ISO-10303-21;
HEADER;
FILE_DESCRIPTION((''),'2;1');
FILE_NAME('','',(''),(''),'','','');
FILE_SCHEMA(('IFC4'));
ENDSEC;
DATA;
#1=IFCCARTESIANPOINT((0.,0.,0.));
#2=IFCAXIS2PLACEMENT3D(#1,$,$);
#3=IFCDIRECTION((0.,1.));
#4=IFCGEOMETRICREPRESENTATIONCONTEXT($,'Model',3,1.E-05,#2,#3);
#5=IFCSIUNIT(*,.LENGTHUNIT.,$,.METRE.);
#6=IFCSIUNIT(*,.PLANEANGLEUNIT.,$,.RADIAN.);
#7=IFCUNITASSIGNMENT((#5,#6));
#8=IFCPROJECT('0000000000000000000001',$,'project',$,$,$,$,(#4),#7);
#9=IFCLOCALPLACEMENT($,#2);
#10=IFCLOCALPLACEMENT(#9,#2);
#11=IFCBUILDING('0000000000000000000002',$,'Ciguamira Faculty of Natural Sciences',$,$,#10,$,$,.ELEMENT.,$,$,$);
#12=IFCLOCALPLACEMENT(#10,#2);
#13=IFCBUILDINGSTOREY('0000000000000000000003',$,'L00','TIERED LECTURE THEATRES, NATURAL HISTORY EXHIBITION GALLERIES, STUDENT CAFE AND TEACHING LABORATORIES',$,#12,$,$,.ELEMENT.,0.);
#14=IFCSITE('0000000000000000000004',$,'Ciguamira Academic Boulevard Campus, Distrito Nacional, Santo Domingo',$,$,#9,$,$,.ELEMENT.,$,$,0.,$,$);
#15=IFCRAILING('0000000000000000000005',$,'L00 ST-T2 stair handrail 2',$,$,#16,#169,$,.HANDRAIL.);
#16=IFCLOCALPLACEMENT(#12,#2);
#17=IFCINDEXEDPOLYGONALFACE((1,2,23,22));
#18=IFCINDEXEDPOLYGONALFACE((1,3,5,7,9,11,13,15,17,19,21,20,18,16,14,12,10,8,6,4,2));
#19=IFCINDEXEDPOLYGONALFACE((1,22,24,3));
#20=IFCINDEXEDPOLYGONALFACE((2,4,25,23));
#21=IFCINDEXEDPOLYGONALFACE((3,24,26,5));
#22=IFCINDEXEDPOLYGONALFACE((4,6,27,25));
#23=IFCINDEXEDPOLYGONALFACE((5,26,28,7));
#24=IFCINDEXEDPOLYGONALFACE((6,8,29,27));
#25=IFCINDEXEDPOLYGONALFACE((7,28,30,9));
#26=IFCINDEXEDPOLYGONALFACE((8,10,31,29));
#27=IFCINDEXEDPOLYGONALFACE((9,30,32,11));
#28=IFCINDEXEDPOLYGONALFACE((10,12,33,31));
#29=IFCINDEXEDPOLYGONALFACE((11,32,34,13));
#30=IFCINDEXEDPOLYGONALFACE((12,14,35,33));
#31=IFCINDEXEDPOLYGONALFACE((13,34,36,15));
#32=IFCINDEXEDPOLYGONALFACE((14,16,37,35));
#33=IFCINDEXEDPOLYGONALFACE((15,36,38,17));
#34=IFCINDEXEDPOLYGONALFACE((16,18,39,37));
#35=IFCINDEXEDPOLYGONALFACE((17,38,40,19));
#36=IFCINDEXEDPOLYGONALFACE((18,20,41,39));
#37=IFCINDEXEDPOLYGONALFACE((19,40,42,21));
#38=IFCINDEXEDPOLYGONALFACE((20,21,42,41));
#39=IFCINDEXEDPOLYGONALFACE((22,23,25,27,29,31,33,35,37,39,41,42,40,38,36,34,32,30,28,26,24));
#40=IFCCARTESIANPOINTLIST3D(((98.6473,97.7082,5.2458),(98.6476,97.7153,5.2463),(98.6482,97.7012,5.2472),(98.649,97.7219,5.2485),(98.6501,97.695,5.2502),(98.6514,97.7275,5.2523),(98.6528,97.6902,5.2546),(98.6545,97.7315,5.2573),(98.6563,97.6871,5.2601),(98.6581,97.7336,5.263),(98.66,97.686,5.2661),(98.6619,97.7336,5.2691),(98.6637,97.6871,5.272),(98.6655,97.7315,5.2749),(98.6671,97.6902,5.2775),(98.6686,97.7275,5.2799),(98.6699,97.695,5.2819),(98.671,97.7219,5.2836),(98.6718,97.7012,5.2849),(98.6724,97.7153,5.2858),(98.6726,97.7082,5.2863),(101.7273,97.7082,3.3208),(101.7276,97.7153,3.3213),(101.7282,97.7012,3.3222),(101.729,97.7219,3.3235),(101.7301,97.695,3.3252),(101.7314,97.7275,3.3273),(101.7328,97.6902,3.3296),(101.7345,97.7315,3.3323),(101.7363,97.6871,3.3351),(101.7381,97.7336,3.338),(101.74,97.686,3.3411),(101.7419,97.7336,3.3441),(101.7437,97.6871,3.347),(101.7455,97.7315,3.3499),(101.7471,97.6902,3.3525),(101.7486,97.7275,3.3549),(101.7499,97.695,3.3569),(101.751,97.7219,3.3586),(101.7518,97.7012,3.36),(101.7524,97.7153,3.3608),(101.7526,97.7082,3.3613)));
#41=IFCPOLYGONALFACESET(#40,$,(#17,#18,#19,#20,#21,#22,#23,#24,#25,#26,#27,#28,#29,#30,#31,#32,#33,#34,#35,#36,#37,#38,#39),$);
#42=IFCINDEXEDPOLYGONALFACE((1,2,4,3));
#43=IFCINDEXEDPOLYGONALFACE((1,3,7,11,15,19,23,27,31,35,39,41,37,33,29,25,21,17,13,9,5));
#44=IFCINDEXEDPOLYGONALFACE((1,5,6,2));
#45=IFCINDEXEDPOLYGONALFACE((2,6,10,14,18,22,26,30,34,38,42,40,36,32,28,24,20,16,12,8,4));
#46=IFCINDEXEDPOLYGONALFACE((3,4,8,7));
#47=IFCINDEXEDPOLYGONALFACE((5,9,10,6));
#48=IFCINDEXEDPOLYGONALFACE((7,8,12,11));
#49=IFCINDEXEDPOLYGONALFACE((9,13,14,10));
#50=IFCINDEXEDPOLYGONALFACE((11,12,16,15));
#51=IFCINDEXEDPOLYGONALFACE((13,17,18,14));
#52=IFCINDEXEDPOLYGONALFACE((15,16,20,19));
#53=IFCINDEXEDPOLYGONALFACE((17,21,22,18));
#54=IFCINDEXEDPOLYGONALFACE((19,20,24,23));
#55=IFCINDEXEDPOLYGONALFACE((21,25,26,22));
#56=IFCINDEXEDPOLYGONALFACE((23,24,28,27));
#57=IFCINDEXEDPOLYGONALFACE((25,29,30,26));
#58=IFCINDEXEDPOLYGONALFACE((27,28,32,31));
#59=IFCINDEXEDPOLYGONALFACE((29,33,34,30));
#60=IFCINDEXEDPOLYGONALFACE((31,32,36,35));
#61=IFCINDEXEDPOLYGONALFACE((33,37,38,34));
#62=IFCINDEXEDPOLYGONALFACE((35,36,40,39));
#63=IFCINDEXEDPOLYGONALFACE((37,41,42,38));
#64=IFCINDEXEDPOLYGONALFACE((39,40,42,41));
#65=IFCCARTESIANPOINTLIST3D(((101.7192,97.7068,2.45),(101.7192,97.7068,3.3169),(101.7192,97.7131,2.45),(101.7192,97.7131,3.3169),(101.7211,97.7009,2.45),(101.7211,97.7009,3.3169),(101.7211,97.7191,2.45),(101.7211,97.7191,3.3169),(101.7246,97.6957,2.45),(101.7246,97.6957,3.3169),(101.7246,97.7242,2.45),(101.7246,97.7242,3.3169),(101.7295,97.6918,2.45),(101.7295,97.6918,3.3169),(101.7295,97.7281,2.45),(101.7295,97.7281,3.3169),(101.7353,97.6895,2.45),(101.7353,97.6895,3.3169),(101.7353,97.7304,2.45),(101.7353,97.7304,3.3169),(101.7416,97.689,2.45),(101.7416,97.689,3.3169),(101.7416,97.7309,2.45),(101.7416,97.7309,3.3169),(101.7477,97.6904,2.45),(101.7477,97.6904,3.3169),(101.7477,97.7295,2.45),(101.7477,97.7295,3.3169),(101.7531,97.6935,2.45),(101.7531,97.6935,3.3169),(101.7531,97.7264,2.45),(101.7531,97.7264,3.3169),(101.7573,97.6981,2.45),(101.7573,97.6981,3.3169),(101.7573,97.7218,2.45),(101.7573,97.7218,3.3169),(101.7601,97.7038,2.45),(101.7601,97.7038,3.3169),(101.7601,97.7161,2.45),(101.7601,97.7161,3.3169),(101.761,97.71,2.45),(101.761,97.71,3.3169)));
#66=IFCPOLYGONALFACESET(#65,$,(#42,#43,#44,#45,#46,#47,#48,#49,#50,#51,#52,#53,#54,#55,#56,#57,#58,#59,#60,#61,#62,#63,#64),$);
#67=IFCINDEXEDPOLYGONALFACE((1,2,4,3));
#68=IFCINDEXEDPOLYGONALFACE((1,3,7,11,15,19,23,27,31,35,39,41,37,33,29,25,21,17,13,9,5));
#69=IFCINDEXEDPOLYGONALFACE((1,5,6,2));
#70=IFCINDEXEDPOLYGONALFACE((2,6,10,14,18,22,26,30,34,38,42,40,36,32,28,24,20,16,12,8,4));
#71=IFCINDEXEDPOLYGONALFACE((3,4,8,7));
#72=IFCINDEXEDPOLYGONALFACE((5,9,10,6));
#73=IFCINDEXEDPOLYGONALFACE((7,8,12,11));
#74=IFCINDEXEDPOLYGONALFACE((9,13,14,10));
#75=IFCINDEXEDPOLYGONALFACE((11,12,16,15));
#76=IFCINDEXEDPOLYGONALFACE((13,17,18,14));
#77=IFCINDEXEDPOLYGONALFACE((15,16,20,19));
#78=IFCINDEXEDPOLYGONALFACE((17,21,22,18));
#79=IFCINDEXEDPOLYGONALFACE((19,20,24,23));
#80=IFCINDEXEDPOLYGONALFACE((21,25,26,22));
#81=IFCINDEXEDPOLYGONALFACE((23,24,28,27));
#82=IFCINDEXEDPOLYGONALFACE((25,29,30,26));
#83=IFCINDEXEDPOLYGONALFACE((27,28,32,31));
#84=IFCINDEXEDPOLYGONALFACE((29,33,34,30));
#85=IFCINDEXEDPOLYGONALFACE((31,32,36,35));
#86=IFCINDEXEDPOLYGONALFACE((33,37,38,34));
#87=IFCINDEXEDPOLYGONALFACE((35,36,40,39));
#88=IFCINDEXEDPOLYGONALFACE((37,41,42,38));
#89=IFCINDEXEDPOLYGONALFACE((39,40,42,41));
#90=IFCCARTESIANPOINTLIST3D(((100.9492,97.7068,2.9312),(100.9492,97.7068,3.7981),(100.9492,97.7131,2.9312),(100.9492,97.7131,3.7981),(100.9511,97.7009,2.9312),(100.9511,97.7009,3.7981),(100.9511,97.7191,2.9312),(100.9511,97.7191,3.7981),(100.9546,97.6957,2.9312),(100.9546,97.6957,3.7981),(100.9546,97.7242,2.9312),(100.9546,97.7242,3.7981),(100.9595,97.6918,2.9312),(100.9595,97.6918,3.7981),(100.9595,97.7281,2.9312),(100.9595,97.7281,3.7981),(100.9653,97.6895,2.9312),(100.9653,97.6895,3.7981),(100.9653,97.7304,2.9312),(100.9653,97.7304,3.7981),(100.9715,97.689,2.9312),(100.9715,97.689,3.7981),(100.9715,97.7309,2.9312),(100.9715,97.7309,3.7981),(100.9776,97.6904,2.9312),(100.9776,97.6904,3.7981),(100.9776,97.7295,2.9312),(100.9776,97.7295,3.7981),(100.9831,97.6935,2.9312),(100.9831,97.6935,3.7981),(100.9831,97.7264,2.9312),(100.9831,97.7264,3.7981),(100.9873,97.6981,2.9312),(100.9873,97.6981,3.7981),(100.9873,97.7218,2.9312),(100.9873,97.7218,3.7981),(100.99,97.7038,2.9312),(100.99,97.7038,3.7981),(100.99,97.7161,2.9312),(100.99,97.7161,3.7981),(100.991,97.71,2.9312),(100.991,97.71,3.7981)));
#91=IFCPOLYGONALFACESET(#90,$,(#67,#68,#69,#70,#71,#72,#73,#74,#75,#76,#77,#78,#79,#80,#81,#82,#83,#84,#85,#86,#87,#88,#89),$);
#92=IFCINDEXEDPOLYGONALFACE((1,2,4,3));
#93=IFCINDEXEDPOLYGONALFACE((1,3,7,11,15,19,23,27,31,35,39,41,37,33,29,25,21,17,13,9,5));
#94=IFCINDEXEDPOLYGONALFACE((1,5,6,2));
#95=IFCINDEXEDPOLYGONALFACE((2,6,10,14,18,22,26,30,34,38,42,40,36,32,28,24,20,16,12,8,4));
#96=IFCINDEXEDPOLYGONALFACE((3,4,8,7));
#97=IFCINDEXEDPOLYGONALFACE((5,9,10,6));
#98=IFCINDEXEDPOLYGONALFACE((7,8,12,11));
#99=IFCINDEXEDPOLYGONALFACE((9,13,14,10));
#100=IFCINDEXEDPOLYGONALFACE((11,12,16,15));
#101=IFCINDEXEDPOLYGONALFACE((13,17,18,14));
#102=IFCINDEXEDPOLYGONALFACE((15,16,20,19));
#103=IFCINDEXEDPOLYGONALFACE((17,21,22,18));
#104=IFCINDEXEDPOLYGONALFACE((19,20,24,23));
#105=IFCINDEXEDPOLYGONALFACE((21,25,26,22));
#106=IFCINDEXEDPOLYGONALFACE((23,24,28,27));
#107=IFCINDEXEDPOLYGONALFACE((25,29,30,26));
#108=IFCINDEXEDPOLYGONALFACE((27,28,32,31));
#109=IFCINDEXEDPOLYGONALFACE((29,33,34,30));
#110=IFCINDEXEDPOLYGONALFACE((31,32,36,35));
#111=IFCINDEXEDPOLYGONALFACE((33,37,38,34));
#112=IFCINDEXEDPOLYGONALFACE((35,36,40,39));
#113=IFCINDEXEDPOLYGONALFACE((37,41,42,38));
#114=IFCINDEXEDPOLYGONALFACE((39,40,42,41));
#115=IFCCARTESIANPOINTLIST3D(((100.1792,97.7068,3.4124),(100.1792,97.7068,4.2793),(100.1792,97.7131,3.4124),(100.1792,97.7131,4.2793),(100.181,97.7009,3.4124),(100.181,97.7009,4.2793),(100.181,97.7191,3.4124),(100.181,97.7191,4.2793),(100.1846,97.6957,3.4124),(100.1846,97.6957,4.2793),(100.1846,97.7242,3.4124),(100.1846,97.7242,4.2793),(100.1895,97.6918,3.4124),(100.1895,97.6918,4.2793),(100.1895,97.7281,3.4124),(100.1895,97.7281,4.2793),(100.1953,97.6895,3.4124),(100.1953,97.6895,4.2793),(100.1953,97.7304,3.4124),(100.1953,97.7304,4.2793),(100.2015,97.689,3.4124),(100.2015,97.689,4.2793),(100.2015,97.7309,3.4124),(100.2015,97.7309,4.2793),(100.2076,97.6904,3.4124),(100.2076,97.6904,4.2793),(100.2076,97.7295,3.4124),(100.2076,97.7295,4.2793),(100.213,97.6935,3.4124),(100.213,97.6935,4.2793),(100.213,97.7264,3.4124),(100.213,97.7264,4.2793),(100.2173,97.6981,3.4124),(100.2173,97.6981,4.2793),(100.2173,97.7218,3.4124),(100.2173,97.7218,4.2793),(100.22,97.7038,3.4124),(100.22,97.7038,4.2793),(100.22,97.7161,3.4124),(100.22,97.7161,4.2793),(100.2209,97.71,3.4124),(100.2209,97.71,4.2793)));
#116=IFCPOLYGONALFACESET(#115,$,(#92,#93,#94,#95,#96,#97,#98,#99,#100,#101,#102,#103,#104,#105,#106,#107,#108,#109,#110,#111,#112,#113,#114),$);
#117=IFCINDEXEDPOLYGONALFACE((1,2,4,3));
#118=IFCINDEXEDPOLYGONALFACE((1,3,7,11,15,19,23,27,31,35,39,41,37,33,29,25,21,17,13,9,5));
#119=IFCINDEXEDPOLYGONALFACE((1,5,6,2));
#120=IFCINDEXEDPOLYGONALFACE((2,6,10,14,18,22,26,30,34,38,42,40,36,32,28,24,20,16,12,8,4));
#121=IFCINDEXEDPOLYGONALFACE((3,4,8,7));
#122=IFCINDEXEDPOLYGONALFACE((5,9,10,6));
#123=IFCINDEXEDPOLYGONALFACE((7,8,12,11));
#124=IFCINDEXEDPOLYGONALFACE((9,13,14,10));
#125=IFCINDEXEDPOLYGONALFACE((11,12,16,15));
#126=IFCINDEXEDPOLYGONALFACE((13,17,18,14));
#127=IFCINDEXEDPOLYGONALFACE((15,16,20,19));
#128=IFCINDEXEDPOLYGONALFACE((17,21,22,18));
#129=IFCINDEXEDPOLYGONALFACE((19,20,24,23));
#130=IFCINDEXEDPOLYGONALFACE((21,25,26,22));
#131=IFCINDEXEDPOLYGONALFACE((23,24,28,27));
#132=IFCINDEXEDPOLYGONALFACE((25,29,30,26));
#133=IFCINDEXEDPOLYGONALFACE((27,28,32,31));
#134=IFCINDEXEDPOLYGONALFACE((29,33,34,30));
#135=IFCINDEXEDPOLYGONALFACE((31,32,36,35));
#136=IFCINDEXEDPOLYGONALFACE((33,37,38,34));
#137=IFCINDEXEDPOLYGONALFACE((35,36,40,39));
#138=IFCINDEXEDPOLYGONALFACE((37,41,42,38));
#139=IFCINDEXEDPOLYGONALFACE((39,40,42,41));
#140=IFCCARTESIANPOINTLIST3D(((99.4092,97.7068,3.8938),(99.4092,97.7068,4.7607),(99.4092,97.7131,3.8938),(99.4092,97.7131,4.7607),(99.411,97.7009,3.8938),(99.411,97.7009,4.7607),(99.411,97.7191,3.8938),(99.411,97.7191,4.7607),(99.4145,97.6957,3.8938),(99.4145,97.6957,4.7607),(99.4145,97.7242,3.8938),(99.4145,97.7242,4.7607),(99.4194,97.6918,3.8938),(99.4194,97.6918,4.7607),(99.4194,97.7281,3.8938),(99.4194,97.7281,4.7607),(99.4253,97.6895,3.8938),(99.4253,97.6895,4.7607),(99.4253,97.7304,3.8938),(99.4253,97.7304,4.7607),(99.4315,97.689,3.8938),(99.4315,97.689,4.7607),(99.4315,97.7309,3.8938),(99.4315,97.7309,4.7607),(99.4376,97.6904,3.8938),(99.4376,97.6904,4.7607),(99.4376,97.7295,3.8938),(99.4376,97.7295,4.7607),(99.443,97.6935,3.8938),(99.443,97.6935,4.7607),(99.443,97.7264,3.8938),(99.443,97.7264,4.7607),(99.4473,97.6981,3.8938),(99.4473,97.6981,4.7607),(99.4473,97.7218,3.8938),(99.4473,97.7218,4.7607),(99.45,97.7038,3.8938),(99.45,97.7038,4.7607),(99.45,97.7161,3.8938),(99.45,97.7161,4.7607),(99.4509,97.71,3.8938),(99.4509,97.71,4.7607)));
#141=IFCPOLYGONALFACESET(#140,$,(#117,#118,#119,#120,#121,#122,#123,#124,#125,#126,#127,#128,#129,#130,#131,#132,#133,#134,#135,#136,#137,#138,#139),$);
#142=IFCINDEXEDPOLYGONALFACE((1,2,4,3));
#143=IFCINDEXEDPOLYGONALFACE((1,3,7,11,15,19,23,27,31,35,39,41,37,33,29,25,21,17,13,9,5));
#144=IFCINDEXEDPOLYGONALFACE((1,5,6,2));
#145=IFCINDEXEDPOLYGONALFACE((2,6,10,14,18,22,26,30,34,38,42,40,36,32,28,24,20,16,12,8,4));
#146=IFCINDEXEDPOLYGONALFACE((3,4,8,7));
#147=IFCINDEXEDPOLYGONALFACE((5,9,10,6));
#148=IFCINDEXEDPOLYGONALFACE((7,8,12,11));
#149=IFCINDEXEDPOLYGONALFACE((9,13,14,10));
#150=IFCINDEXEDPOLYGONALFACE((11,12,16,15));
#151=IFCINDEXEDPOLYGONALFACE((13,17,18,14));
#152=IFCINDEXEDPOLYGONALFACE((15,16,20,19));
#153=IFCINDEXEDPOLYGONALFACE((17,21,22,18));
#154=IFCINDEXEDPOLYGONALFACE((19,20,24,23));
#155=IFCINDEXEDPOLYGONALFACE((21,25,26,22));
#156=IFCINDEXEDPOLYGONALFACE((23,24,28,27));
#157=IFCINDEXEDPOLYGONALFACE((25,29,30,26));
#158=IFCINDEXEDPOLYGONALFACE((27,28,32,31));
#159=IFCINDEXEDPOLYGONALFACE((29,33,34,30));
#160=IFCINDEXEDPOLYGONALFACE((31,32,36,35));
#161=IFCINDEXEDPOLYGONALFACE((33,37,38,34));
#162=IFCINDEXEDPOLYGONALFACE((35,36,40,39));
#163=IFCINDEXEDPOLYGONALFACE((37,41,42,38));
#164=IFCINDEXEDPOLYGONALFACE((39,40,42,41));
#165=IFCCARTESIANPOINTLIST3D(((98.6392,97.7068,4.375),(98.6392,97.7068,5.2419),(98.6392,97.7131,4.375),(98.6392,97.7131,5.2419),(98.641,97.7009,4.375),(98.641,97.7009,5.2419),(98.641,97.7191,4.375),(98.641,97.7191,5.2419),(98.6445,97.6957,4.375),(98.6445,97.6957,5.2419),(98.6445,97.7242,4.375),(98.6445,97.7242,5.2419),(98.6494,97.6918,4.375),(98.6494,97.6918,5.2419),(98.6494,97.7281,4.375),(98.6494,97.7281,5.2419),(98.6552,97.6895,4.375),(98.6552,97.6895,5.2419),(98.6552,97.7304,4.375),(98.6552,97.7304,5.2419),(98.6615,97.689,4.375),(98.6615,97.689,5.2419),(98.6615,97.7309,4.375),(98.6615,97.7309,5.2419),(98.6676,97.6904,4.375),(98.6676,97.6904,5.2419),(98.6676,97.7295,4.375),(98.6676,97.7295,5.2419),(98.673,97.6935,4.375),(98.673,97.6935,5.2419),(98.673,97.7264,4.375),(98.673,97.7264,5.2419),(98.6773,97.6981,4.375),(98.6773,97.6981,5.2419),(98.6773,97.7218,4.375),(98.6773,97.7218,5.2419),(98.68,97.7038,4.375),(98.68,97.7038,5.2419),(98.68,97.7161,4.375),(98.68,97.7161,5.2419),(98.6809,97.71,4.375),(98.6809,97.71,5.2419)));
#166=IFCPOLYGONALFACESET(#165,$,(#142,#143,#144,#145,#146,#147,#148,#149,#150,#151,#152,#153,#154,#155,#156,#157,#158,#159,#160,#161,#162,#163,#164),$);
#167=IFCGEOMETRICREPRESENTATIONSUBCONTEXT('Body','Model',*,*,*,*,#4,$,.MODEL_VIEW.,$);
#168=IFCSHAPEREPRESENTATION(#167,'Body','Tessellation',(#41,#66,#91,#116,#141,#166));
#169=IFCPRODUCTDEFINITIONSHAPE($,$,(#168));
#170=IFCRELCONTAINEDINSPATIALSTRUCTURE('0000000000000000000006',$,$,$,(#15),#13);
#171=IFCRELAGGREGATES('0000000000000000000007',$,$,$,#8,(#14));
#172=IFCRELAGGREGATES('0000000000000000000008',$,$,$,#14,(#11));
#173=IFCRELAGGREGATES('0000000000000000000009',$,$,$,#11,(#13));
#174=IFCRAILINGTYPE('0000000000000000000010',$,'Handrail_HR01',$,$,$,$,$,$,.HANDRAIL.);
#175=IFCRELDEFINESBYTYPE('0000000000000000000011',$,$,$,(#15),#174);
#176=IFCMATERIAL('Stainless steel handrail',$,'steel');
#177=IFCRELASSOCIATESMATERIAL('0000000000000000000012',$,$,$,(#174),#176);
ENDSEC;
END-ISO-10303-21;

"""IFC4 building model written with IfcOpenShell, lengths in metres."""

from ifc_helpers import new_model, si_unit, direction, frame, origin, origin_2d, place, context, subcontext, project, spatial, circle, extrude, material, type_object, element, save


model = new_model("IFC4")

# Units and contexts
model_context = context("Model", 3, precision=1e-05, world=origin(), true_north=direction((0.0, 1.0)))
body_context = subcontext(model_context, "Body", "Model", "MODEL_VIEW")
ifc_project = project(units=[si_unit("LENGTHUNIT", "METRE"), si_unit("PLANEANGLEUNIT", "RADIAN")], contexts=[model_context])

# Site, building, storey
site_placement = place(None, origin())
site = spatial("IfcSite", under=ifc_project, at=site_placement, Name="Ciguamira Academic Boulevard Campus, Distrito Nacional, Santo Domingo", CompositionType="ELEMENT", RefElevation=0.0)
building_placement = place(site_placement, origin())
building = spatial("IfcBuilding", under=site, at=building_placement, Name="Ciguamira Faculty of Natural Sciences", CompositionType="ELEMENT")
storey_placement = place(building_placement, origin())
storey = spatial("IfcBuildingStorey", under=building, at=storey_placement, Name="L00", Description="TIERED LECTURE THEATRES, NATURAL HISTORY EXHIBITION GALLERIES, STUDENT CAFE AND TEACHING LABORATORIES", CompositionType="ELEMENT", Elevation=0.0)

# Railing
ifc_material_1 = material(Name="Stainless steel handrail", Category="steel")
railing_type_1 = type_object("IfcRailingType", Name="Handrail_HR01", PredefinedType="HANDRAIL", material=ifc_material_1)
railing_1_placement = place(storey_placement, frame((101.74, 97.71, 2.45)))
element("IfcRailing", 1, at=railing_1_placement, inside=storey, type_object=railing_type_1, Name="L00 ST-T2 stair handrail 2", PredefinedType="HANDRAIL", context=body_context, shape_type="SweptSolid", body=[
    extrude(circle(Radius=0.0239, at=origin_2d()), frame((0.0, 0.0, 0.8911), z_axis=(-0.847998, 0.0, 0.529999), x_axis=(0.0, -1.0, 0.0)), (0.0, 0.0, 1.0), 3.6321),
    extrude(circle(Radius=0.021, at=origin_2d()), origin(), (0.0, 0.0, 1.0), 0.8669),
    extrude(circle(Radius=0.021, at=origin_2d()), frame((-0.77, 0.0, 0.4812)), (0.0, 0.0, 1.0), 0.8669),
    extrude(circle(Radius=0.021, at=origin_2d()), frame((-1.54, 0.0, 0.9624)), (0.0, 0.0, 1.0), 0.8669),
    extrude(circle(Radius=0.021, at=origin_2d()), frame((-2.3101, 0.0, 1.4438)), (0.0, 0.0, 1.0), 0.8669),
    extrude(circle(Radius=0.021, at=origin_2d()), frame((-3.0801, 0.0, 1.925)), (0.0, 0.0, 1.0), 0.8669),
])

save(model, "model.ifc")
